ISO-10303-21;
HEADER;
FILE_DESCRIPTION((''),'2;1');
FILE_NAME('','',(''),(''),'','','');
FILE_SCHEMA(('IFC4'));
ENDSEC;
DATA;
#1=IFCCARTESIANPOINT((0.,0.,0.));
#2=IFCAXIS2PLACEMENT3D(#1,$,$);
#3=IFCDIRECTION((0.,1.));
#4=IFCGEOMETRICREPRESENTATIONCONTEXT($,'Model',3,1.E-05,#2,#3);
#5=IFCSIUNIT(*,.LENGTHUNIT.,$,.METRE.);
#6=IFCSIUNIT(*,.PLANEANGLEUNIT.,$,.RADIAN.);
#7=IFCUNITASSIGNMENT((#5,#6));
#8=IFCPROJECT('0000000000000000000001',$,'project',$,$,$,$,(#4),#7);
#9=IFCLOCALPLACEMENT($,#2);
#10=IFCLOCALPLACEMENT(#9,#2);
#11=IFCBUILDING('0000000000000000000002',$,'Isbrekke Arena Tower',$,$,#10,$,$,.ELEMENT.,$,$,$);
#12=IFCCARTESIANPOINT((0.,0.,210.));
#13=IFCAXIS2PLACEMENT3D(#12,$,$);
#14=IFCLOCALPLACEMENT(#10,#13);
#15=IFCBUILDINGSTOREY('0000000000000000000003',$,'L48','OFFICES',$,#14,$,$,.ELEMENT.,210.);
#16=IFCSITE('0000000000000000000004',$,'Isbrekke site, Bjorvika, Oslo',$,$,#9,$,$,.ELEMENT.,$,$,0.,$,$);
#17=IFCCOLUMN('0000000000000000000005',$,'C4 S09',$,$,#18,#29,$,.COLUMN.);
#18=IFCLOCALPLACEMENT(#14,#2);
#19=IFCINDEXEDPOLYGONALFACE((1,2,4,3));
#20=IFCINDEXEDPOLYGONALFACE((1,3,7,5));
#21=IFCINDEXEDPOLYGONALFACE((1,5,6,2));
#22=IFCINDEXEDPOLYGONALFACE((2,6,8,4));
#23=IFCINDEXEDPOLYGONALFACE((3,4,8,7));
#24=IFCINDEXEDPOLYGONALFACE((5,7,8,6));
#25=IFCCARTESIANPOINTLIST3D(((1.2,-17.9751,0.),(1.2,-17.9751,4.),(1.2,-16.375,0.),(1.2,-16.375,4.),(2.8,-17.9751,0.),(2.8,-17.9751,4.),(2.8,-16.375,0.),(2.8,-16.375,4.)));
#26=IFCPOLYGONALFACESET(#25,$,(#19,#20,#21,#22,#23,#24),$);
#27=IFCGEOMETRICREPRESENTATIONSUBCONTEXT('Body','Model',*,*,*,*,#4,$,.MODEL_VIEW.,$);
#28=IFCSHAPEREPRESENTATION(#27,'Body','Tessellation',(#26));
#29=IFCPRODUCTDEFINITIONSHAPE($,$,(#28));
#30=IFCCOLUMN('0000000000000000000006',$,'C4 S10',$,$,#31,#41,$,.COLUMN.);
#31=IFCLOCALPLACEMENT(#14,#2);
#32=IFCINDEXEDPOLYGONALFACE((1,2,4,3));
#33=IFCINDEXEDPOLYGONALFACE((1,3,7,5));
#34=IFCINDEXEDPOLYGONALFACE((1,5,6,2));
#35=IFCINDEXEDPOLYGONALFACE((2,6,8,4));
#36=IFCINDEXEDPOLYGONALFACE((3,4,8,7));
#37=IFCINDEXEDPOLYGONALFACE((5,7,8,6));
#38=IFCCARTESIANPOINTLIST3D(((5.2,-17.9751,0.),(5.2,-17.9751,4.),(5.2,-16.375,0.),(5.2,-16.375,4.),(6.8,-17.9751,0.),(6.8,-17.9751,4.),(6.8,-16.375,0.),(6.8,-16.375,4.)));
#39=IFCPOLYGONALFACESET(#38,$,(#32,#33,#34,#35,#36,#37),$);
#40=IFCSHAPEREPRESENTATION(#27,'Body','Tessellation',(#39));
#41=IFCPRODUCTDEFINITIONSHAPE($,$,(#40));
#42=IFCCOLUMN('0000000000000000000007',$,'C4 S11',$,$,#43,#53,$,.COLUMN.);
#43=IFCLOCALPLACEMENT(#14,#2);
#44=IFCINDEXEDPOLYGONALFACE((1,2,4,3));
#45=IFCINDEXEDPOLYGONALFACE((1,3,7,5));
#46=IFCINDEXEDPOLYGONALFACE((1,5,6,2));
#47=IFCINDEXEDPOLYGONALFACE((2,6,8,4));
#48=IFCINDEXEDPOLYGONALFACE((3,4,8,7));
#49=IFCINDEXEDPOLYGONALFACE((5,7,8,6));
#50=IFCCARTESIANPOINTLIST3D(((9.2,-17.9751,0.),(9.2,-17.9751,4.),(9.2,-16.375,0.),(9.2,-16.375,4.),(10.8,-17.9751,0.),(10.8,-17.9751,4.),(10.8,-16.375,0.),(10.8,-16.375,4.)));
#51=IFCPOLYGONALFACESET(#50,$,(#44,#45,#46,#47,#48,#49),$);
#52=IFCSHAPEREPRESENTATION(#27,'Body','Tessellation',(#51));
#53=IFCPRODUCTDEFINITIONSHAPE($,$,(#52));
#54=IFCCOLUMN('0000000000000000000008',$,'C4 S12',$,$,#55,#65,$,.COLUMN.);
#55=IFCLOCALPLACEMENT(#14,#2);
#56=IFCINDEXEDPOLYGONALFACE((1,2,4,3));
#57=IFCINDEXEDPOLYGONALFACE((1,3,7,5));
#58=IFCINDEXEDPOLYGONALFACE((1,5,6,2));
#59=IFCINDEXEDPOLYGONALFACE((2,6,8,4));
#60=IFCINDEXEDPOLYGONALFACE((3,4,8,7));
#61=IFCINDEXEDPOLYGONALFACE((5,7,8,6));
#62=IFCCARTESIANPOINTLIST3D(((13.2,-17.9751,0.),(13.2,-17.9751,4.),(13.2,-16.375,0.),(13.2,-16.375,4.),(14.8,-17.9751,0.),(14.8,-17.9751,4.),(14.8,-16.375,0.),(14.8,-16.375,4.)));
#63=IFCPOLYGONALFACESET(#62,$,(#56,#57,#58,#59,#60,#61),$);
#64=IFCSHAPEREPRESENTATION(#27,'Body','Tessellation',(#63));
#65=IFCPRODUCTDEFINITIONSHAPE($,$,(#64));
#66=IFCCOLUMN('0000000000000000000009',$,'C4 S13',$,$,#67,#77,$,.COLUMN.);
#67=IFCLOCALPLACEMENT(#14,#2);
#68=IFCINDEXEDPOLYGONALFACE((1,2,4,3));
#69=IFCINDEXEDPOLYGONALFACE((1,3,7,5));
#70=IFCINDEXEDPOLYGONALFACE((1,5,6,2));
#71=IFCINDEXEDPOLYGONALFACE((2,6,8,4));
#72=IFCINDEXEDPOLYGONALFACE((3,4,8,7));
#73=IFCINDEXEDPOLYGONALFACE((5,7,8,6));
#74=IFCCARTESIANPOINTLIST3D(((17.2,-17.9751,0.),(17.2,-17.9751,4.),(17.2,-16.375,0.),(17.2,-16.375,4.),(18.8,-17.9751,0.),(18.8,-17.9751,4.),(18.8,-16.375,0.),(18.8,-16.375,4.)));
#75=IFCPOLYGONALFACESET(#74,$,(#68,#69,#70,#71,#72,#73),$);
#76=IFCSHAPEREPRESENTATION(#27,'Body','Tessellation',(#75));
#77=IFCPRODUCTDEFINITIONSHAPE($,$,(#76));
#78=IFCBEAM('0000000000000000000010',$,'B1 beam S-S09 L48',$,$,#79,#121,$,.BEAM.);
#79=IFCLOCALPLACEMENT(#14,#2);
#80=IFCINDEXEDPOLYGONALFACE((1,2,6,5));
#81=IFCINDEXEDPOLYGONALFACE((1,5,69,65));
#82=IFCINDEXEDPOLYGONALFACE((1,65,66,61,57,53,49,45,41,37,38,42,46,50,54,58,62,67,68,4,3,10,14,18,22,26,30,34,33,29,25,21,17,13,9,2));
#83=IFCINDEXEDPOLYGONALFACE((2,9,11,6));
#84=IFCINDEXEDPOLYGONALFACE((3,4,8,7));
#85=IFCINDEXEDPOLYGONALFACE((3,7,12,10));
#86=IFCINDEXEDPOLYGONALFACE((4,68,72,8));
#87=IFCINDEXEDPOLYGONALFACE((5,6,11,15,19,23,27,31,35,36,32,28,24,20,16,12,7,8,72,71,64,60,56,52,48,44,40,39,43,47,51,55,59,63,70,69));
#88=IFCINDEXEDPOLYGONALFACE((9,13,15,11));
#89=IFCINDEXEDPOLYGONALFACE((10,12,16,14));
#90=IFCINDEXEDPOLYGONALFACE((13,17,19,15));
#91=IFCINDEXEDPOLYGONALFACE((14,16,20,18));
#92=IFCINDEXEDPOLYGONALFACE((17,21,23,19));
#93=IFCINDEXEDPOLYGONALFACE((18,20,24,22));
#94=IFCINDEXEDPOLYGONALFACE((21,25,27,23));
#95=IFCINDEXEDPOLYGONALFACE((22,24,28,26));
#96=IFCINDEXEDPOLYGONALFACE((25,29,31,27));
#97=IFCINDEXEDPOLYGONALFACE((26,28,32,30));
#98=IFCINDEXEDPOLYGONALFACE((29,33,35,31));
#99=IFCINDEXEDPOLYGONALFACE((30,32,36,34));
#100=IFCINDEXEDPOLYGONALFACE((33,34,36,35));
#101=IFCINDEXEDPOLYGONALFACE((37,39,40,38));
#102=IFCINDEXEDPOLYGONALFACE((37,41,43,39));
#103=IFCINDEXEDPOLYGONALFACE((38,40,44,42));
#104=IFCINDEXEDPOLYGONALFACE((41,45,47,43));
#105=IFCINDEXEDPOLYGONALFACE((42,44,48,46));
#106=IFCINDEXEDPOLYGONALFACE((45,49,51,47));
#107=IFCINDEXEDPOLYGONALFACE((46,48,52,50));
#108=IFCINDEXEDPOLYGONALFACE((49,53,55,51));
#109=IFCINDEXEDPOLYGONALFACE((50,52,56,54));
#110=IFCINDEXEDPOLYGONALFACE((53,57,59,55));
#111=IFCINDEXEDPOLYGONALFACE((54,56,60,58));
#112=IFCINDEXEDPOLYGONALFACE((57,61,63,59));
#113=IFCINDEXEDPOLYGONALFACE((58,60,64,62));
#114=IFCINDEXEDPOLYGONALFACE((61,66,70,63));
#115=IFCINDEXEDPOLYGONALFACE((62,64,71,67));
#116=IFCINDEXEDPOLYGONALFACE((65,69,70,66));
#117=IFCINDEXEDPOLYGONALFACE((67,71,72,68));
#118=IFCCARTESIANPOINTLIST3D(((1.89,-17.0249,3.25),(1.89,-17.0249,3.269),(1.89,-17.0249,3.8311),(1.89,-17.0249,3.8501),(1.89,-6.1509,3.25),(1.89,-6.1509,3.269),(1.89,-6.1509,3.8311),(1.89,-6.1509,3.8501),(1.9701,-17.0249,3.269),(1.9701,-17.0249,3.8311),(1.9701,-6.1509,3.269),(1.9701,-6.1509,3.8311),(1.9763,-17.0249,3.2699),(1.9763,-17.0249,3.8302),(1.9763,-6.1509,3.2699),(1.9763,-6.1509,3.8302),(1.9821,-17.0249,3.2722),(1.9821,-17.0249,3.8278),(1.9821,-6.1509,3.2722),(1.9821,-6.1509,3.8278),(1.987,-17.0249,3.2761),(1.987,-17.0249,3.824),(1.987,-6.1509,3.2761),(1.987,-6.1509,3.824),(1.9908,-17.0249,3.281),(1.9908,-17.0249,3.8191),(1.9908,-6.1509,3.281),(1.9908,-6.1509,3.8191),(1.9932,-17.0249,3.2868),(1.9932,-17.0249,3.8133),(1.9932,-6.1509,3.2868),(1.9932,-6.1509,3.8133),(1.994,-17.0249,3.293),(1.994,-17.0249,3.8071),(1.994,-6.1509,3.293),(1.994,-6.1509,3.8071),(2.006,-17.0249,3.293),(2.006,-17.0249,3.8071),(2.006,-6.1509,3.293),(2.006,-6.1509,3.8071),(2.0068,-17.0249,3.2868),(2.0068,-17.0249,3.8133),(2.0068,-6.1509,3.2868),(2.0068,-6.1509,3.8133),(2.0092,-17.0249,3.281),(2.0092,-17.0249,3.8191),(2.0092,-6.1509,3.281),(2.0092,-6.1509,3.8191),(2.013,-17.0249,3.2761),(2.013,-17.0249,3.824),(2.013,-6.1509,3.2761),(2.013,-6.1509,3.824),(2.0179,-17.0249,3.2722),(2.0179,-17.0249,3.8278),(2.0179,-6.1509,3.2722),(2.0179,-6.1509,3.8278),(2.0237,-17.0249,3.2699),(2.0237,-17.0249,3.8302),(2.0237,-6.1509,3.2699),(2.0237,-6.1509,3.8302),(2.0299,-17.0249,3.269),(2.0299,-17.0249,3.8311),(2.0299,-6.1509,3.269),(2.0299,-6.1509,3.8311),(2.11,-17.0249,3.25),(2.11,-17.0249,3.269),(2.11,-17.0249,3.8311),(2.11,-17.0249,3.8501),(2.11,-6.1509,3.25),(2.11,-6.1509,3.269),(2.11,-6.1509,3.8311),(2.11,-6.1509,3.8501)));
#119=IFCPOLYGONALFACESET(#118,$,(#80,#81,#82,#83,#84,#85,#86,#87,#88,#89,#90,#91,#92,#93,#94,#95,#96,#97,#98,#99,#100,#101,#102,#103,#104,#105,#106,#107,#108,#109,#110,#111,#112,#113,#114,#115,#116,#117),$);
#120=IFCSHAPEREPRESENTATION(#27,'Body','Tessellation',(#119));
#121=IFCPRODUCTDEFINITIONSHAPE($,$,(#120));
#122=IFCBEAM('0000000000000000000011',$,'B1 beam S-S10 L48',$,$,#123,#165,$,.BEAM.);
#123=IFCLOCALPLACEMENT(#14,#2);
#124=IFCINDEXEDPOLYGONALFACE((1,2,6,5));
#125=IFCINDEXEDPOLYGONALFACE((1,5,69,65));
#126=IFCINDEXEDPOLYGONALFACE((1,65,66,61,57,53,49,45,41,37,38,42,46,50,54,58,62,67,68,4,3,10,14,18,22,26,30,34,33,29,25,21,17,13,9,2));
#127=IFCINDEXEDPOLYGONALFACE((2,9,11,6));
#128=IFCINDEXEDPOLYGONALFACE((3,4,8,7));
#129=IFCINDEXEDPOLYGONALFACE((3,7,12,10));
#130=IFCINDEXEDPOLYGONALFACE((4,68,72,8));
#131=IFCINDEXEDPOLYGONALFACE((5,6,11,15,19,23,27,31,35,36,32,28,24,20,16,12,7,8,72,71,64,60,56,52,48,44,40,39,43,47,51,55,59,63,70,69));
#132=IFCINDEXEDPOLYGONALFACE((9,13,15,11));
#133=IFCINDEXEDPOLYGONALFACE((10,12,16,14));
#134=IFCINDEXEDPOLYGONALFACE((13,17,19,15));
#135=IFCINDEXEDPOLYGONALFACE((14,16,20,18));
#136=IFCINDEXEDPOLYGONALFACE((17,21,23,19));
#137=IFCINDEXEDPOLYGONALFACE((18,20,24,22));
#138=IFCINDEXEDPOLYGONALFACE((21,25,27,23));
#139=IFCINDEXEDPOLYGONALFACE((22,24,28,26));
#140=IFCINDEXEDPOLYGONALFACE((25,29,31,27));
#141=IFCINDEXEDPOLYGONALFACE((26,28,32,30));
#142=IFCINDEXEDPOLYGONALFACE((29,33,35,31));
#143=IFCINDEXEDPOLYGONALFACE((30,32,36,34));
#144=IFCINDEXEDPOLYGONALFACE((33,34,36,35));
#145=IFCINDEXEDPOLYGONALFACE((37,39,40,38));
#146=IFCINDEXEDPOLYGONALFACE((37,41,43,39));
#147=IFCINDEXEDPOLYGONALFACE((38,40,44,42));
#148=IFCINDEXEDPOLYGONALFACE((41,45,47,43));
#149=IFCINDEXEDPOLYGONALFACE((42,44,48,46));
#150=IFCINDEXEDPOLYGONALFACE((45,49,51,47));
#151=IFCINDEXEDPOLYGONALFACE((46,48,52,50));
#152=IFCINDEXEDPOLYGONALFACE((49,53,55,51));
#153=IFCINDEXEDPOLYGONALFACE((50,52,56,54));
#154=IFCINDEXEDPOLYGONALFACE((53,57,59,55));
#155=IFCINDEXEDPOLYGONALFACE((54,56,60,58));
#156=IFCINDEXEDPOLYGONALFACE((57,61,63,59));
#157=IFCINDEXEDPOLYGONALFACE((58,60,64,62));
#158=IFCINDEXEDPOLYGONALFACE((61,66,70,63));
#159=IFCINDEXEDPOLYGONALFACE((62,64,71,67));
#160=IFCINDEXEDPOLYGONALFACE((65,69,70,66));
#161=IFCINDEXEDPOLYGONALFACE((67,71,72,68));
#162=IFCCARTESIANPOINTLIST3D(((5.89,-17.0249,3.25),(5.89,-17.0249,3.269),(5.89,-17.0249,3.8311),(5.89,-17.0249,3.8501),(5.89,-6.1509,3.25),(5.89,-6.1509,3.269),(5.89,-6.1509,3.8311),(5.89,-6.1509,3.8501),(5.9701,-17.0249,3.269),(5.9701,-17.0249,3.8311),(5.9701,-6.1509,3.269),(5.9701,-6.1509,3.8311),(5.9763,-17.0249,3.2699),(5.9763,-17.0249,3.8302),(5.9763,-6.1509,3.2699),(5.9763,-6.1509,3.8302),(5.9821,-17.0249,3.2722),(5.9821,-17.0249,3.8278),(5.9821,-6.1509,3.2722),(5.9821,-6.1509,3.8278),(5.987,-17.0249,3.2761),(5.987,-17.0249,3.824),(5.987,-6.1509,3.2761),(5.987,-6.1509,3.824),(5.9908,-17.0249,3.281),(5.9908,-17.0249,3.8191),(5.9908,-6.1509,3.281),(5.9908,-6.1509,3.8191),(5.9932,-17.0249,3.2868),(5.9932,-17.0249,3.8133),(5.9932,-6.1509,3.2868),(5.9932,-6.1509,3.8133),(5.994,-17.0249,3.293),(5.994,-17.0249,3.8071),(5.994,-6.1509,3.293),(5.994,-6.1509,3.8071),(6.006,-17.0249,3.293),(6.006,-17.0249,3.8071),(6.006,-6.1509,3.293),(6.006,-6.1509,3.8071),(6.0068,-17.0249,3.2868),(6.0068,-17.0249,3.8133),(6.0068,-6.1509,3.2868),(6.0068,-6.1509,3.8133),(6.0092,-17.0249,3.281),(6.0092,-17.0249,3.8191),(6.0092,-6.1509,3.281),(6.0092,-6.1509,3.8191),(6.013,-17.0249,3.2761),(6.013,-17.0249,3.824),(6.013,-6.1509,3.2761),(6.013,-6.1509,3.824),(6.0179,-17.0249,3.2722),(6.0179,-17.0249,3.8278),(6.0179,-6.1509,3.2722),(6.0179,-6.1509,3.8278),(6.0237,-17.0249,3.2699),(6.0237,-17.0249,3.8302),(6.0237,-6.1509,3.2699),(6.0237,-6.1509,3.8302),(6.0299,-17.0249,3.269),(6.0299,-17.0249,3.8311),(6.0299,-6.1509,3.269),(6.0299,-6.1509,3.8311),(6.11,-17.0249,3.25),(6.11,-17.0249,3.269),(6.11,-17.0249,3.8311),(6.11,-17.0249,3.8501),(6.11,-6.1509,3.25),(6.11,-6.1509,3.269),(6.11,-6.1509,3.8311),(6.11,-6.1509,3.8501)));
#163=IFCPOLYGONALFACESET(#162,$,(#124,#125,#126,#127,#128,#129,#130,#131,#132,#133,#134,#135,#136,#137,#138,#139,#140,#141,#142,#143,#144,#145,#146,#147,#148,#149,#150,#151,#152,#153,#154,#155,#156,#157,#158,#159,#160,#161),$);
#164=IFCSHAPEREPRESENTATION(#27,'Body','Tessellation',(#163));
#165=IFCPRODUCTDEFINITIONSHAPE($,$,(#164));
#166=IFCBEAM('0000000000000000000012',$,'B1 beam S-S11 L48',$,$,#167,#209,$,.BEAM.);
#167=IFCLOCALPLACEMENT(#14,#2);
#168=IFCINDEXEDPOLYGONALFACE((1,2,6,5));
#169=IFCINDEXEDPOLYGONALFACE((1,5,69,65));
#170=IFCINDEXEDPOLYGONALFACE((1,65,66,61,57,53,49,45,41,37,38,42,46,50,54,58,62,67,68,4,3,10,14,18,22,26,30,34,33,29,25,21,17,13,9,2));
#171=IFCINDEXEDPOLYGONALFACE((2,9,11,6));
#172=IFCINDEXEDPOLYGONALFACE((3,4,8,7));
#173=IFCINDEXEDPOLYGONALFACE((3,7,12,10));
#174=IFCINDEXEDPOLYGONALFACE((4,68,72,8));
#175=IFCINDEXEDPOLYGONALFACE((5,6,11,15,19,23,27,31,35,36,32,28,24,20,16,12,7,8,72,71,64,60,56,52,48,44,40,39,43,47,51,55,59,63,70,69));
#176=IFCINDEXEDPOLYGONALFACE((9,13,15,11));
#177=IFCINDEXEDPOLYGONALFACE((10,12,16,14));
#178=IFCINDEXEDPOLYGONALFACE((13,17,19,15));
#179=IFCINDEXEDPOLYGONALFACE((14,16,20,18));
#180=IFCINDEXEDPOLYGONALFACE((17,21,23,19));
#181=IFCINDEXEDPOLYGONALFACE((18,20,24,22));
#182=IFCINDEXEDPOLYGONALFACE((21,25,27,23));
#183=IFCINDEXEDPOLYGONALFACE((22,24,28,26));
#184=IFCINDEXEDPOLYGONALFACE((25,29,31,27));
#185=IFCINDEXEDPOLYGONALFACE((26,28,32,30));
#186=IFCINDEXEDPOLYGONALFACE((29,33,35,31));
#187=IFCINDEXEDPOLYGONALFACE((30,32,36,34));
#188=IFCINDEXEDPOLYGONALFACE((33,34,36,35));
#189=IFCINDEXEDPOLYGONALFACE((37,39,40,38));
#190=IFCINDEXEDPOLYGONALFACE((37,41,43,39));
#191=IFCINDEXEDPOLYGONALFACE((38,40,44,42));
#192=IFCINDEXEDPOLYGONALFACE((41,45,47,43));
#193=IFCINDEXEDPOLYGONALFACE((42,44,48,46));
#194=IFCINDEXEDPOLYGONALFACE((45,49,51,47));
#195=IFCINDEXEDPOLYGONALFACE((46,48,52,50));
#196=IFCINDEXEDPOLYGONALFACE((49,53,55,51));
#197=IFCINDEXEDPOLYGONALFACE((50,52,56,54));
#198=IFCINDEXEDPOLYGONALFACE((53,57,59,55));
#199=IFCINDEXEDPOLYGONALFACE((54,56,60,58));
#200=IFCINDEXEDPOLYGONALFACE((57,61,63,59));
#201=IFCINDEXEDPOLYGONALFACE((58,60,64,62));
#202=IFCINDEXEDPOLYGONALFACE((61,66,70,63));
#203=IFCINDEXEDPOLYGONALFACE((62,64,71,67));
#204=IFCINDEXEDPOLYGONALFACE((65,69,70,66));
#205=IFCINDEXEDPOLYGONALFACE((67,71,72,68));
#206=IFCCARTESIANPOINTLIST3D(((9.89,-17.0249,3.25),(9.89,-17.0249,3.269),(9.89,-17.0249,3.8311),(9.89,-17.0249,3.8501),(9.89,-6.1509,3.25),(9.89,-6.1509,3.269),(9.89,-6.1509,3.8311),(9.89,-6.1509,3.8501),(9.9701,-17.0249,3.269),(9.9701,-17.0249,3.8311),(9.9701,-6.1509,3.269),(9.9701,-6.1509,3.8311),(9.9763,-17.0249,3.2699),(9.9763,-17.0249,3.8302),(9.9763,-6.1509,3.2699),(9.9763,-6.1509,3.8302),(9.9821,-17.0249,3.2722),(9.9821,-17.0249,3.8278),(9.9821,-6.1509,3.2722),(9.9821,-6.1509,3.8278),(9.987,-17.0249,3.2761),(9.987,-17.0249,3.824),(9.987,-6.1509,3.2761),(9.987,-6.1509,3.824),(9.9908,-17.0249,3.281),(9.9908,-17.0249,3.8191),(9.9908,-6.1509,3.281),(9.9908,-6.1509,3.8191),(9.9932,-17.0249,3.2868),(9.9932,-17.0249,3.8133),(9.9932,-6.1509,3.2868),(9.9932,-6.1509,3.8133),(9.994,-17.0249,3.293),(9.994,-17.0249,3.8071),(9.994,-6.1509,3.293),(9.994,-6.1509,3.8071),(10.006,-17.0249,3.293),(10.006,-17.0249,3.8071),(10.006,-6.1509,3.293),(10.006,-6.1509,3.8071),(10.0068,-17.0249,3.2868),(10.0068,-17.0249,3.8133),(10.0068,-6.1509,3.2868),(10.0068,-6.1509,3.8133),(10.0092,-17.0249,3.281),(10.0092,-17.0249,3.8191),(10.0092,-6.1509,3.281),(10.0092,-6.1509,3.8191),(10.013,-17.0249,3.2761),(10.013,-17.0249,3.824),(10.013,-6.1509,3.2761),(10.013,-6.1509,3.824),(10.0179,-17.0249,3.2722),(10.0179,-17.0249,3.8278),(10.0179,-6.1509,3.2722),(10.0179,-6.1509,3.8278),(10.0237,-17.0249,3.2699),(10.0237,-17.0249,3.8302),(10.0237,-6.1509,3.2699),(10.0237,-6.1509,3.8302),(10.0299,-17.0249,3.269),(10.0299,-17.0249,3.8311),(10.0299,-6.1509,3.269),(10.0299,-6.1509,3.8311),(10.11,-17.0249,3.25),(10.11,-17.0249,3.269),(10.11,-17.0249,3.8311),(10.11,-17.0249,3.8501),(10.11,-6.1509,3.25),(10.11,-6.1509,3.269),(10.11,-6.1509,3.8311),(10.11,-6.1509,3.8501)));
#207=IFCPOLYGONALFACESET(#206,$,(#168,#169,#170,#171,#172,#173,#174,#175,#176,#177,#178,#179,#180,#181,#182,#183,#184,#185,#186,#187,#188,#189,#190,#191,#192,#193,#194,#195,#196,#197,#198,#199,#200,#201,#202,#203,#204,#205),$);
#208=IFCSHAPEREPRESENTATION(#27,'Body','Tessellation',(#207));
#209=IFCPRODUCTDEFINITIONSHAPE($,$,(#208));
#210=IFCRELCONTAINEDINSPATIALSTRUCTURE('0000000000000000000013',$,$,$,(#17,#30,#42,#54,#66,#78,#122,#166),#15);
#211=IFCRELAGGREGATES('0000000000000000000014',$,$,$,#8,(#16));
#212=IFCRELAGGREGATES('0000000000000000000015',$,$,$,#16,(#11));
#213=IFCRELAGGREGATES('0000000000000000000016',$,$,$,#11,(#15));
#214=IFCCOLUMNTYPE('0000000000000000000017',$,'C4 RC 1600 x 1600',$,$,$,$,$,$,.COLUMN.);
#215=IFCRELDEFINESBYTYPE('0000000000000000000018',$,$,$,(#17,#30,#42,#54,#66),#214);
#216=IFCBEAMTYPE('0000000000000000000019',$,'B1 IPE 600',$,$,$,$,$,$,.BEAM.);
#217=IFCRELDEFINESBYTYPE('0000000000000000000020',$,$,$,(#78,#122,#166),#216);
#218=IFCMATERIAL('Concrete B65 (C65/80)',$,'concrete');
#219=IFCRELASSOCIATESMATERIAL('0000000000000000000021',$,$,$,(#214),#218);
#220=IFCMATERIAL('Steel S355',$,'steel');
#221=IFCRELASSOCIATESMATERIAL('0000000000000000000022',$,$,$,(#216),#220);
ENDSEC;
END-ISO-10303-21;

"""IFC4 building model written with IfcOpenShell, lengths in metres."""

from ifc_helpers import new_model, si_unit, direction, frame, origin, origin_2d, place, context, subcontext, project, spatial, rectangle, i_section, extrude, material, material_profile, profile_set, type_object, element, save


model = new_model("IFC4")

# Units and contexts
model_context = context("Model", 3, precision=1e-05, world=origin(), true_north=direction((0.0, 1.0)))
body_context = subcontext(model_context, "Body", "Model", "MODEL_VIEW")
ifc_project = project(units=[si_unit("LENGTHUNIT", "METRE"), si_unit("PLANEANGLEUNIT", "RADIAN")], contexts=[model_context])

# Site, building, storey
site_placement = place(None, origin())
site = spatial("IfcSite", under=ifc_project, at=site_placement, Name="Isbrekke site, Bjorvika, Oslo", CompositionType="ELEMENT", RefElevation=0.0)
building_placement = place(site_placement, origin())
building = spatial("IfcBuilding", under=site, at=building_placement, Name="Isbrekke Arena Tower", CompositionType="ELEMENT")
storey_placement = place(building_placement, frame((0.0, 0.0, 210.0)))
storey = spatial("IfcBuildingStorey", under=building, at=storey_placement, Name="L48", Description="OFFICES", CompositionType="ELEMENT", Elevation=210.0)

# Columns
ifc_material_1 = material(Name="Concrete B65 (C65/80)", Category="concrete")
ifc_material_profile_1 = material_profile(ifc_material_1, rectangle(XDim=1.6001, YDim=1.6001, at=origin_2d()), Name="RC 1600x1600")
ifc_profile_set_1 = profile_set([ifc_material_profile_1], Name="Concrete B65 (C65/80)")
column_type = type_object("IfcColumnType", Name="C4 RC 1600 x 1600", PredefinedType="COLUMN", material=ifc_profile_set_1)
for number, where, z_axis, x_axis, name in (
    (1, (2.0, -17.175, 0.0), (0.0, 0.0, 1.0), (1.0, 0.0, 0.0), "C4 S09"),
    (2, (6.0, -17.175, 0.0), (0.0, 0.0, 1.0), (1.0, 0.0, 0.0), "C4 S10"),
    (3, (10.0, -17.175, 0.0), (0.0, 0.0, 1.0), (1.0, 0.0, 0.0), "C4 S11"),
    (4, (14.0, -17.175, 0.0), (0.0, 0.0, 1.0), (1.0, 0.0, 0.0), "C4 S12"),
    (5, (18.0, -17.175, 0.0), (0.0, 0.0, 1.0), (1.0, 0.0, 0.0), "C4 S13"),
):
    element("IfcColumn", number, at=place(storey_placement, frame(where, z_axis=z_axis, x_axis=x_axis)), inside=storey, type_object=column_type, Name=name, PredefinedType="COLUMN", context=body_context, shape_type="SweptSolid", body=[
        extrude(rectangle(XDim=1.6001, YDim=1.6001, at=origin_2d()), origin(), (0.0, 0.0, 1.0), 4.0),
    ])

# Beams
ifc_material_2 = material(Name="Steel S355", Category="steel")
ifc_material_profile_2 = material_profile(ifc_material_2, i_section(OverallWidth=0.22, OverallDepth=0.6001, WebThickness=0.012, FlangeThickness=0.019, FilletRadius=0.0239, at=origin_2d()), Name="IPE 600")
ifc_profile_set_2 = profile_set([ifc_material_profile_2], Name="Steel S355")
beam_type_1 = type_object("IfcBeamType", Name="B1 IPE 600", PredefinedType="BEAM", material=ifc_profile_set_2)
for number, where, z_axis, x_axis, name in (
    (6, (2.0, -17.0249, 3.55), (0.0, 1.0, 0.0), (-1.0, 0.0, 0.0), "B1 beam S-S09 L48"),
    (7, (6.0, -17.0249, 3.55), (0.0, 1.0, 0.0), (-1.0, 0.0, 0.0), "B1 beam S-S10 L48"),
    (8, (10.0, -17.0249, 3.55), (0.0, 1.0, 0.0), (-1.0, 0.0, 0.0), "B1 beam S-S11 L48"),
):
    element("IfcBeam", number, at=place(storey_placement, frame(where, z_axis=z_axis, x_axis=x_axis)), inside=storey, type_object=beam_type_1, Name=name, PredefinedType="BEAM", context=body_context, shape_type="SweptSolid", body=[
        extrude(i_section(OverallWidth=0.22, OverallDepth=0.6001, WebThickness=0.012, FlangeThickness=0.019, FilletRadius=0.0239, at=origin_2d()), origin(), (0.0, 0.0, 1.0), 10.874),
    ])

save(model, "model.ifc")
